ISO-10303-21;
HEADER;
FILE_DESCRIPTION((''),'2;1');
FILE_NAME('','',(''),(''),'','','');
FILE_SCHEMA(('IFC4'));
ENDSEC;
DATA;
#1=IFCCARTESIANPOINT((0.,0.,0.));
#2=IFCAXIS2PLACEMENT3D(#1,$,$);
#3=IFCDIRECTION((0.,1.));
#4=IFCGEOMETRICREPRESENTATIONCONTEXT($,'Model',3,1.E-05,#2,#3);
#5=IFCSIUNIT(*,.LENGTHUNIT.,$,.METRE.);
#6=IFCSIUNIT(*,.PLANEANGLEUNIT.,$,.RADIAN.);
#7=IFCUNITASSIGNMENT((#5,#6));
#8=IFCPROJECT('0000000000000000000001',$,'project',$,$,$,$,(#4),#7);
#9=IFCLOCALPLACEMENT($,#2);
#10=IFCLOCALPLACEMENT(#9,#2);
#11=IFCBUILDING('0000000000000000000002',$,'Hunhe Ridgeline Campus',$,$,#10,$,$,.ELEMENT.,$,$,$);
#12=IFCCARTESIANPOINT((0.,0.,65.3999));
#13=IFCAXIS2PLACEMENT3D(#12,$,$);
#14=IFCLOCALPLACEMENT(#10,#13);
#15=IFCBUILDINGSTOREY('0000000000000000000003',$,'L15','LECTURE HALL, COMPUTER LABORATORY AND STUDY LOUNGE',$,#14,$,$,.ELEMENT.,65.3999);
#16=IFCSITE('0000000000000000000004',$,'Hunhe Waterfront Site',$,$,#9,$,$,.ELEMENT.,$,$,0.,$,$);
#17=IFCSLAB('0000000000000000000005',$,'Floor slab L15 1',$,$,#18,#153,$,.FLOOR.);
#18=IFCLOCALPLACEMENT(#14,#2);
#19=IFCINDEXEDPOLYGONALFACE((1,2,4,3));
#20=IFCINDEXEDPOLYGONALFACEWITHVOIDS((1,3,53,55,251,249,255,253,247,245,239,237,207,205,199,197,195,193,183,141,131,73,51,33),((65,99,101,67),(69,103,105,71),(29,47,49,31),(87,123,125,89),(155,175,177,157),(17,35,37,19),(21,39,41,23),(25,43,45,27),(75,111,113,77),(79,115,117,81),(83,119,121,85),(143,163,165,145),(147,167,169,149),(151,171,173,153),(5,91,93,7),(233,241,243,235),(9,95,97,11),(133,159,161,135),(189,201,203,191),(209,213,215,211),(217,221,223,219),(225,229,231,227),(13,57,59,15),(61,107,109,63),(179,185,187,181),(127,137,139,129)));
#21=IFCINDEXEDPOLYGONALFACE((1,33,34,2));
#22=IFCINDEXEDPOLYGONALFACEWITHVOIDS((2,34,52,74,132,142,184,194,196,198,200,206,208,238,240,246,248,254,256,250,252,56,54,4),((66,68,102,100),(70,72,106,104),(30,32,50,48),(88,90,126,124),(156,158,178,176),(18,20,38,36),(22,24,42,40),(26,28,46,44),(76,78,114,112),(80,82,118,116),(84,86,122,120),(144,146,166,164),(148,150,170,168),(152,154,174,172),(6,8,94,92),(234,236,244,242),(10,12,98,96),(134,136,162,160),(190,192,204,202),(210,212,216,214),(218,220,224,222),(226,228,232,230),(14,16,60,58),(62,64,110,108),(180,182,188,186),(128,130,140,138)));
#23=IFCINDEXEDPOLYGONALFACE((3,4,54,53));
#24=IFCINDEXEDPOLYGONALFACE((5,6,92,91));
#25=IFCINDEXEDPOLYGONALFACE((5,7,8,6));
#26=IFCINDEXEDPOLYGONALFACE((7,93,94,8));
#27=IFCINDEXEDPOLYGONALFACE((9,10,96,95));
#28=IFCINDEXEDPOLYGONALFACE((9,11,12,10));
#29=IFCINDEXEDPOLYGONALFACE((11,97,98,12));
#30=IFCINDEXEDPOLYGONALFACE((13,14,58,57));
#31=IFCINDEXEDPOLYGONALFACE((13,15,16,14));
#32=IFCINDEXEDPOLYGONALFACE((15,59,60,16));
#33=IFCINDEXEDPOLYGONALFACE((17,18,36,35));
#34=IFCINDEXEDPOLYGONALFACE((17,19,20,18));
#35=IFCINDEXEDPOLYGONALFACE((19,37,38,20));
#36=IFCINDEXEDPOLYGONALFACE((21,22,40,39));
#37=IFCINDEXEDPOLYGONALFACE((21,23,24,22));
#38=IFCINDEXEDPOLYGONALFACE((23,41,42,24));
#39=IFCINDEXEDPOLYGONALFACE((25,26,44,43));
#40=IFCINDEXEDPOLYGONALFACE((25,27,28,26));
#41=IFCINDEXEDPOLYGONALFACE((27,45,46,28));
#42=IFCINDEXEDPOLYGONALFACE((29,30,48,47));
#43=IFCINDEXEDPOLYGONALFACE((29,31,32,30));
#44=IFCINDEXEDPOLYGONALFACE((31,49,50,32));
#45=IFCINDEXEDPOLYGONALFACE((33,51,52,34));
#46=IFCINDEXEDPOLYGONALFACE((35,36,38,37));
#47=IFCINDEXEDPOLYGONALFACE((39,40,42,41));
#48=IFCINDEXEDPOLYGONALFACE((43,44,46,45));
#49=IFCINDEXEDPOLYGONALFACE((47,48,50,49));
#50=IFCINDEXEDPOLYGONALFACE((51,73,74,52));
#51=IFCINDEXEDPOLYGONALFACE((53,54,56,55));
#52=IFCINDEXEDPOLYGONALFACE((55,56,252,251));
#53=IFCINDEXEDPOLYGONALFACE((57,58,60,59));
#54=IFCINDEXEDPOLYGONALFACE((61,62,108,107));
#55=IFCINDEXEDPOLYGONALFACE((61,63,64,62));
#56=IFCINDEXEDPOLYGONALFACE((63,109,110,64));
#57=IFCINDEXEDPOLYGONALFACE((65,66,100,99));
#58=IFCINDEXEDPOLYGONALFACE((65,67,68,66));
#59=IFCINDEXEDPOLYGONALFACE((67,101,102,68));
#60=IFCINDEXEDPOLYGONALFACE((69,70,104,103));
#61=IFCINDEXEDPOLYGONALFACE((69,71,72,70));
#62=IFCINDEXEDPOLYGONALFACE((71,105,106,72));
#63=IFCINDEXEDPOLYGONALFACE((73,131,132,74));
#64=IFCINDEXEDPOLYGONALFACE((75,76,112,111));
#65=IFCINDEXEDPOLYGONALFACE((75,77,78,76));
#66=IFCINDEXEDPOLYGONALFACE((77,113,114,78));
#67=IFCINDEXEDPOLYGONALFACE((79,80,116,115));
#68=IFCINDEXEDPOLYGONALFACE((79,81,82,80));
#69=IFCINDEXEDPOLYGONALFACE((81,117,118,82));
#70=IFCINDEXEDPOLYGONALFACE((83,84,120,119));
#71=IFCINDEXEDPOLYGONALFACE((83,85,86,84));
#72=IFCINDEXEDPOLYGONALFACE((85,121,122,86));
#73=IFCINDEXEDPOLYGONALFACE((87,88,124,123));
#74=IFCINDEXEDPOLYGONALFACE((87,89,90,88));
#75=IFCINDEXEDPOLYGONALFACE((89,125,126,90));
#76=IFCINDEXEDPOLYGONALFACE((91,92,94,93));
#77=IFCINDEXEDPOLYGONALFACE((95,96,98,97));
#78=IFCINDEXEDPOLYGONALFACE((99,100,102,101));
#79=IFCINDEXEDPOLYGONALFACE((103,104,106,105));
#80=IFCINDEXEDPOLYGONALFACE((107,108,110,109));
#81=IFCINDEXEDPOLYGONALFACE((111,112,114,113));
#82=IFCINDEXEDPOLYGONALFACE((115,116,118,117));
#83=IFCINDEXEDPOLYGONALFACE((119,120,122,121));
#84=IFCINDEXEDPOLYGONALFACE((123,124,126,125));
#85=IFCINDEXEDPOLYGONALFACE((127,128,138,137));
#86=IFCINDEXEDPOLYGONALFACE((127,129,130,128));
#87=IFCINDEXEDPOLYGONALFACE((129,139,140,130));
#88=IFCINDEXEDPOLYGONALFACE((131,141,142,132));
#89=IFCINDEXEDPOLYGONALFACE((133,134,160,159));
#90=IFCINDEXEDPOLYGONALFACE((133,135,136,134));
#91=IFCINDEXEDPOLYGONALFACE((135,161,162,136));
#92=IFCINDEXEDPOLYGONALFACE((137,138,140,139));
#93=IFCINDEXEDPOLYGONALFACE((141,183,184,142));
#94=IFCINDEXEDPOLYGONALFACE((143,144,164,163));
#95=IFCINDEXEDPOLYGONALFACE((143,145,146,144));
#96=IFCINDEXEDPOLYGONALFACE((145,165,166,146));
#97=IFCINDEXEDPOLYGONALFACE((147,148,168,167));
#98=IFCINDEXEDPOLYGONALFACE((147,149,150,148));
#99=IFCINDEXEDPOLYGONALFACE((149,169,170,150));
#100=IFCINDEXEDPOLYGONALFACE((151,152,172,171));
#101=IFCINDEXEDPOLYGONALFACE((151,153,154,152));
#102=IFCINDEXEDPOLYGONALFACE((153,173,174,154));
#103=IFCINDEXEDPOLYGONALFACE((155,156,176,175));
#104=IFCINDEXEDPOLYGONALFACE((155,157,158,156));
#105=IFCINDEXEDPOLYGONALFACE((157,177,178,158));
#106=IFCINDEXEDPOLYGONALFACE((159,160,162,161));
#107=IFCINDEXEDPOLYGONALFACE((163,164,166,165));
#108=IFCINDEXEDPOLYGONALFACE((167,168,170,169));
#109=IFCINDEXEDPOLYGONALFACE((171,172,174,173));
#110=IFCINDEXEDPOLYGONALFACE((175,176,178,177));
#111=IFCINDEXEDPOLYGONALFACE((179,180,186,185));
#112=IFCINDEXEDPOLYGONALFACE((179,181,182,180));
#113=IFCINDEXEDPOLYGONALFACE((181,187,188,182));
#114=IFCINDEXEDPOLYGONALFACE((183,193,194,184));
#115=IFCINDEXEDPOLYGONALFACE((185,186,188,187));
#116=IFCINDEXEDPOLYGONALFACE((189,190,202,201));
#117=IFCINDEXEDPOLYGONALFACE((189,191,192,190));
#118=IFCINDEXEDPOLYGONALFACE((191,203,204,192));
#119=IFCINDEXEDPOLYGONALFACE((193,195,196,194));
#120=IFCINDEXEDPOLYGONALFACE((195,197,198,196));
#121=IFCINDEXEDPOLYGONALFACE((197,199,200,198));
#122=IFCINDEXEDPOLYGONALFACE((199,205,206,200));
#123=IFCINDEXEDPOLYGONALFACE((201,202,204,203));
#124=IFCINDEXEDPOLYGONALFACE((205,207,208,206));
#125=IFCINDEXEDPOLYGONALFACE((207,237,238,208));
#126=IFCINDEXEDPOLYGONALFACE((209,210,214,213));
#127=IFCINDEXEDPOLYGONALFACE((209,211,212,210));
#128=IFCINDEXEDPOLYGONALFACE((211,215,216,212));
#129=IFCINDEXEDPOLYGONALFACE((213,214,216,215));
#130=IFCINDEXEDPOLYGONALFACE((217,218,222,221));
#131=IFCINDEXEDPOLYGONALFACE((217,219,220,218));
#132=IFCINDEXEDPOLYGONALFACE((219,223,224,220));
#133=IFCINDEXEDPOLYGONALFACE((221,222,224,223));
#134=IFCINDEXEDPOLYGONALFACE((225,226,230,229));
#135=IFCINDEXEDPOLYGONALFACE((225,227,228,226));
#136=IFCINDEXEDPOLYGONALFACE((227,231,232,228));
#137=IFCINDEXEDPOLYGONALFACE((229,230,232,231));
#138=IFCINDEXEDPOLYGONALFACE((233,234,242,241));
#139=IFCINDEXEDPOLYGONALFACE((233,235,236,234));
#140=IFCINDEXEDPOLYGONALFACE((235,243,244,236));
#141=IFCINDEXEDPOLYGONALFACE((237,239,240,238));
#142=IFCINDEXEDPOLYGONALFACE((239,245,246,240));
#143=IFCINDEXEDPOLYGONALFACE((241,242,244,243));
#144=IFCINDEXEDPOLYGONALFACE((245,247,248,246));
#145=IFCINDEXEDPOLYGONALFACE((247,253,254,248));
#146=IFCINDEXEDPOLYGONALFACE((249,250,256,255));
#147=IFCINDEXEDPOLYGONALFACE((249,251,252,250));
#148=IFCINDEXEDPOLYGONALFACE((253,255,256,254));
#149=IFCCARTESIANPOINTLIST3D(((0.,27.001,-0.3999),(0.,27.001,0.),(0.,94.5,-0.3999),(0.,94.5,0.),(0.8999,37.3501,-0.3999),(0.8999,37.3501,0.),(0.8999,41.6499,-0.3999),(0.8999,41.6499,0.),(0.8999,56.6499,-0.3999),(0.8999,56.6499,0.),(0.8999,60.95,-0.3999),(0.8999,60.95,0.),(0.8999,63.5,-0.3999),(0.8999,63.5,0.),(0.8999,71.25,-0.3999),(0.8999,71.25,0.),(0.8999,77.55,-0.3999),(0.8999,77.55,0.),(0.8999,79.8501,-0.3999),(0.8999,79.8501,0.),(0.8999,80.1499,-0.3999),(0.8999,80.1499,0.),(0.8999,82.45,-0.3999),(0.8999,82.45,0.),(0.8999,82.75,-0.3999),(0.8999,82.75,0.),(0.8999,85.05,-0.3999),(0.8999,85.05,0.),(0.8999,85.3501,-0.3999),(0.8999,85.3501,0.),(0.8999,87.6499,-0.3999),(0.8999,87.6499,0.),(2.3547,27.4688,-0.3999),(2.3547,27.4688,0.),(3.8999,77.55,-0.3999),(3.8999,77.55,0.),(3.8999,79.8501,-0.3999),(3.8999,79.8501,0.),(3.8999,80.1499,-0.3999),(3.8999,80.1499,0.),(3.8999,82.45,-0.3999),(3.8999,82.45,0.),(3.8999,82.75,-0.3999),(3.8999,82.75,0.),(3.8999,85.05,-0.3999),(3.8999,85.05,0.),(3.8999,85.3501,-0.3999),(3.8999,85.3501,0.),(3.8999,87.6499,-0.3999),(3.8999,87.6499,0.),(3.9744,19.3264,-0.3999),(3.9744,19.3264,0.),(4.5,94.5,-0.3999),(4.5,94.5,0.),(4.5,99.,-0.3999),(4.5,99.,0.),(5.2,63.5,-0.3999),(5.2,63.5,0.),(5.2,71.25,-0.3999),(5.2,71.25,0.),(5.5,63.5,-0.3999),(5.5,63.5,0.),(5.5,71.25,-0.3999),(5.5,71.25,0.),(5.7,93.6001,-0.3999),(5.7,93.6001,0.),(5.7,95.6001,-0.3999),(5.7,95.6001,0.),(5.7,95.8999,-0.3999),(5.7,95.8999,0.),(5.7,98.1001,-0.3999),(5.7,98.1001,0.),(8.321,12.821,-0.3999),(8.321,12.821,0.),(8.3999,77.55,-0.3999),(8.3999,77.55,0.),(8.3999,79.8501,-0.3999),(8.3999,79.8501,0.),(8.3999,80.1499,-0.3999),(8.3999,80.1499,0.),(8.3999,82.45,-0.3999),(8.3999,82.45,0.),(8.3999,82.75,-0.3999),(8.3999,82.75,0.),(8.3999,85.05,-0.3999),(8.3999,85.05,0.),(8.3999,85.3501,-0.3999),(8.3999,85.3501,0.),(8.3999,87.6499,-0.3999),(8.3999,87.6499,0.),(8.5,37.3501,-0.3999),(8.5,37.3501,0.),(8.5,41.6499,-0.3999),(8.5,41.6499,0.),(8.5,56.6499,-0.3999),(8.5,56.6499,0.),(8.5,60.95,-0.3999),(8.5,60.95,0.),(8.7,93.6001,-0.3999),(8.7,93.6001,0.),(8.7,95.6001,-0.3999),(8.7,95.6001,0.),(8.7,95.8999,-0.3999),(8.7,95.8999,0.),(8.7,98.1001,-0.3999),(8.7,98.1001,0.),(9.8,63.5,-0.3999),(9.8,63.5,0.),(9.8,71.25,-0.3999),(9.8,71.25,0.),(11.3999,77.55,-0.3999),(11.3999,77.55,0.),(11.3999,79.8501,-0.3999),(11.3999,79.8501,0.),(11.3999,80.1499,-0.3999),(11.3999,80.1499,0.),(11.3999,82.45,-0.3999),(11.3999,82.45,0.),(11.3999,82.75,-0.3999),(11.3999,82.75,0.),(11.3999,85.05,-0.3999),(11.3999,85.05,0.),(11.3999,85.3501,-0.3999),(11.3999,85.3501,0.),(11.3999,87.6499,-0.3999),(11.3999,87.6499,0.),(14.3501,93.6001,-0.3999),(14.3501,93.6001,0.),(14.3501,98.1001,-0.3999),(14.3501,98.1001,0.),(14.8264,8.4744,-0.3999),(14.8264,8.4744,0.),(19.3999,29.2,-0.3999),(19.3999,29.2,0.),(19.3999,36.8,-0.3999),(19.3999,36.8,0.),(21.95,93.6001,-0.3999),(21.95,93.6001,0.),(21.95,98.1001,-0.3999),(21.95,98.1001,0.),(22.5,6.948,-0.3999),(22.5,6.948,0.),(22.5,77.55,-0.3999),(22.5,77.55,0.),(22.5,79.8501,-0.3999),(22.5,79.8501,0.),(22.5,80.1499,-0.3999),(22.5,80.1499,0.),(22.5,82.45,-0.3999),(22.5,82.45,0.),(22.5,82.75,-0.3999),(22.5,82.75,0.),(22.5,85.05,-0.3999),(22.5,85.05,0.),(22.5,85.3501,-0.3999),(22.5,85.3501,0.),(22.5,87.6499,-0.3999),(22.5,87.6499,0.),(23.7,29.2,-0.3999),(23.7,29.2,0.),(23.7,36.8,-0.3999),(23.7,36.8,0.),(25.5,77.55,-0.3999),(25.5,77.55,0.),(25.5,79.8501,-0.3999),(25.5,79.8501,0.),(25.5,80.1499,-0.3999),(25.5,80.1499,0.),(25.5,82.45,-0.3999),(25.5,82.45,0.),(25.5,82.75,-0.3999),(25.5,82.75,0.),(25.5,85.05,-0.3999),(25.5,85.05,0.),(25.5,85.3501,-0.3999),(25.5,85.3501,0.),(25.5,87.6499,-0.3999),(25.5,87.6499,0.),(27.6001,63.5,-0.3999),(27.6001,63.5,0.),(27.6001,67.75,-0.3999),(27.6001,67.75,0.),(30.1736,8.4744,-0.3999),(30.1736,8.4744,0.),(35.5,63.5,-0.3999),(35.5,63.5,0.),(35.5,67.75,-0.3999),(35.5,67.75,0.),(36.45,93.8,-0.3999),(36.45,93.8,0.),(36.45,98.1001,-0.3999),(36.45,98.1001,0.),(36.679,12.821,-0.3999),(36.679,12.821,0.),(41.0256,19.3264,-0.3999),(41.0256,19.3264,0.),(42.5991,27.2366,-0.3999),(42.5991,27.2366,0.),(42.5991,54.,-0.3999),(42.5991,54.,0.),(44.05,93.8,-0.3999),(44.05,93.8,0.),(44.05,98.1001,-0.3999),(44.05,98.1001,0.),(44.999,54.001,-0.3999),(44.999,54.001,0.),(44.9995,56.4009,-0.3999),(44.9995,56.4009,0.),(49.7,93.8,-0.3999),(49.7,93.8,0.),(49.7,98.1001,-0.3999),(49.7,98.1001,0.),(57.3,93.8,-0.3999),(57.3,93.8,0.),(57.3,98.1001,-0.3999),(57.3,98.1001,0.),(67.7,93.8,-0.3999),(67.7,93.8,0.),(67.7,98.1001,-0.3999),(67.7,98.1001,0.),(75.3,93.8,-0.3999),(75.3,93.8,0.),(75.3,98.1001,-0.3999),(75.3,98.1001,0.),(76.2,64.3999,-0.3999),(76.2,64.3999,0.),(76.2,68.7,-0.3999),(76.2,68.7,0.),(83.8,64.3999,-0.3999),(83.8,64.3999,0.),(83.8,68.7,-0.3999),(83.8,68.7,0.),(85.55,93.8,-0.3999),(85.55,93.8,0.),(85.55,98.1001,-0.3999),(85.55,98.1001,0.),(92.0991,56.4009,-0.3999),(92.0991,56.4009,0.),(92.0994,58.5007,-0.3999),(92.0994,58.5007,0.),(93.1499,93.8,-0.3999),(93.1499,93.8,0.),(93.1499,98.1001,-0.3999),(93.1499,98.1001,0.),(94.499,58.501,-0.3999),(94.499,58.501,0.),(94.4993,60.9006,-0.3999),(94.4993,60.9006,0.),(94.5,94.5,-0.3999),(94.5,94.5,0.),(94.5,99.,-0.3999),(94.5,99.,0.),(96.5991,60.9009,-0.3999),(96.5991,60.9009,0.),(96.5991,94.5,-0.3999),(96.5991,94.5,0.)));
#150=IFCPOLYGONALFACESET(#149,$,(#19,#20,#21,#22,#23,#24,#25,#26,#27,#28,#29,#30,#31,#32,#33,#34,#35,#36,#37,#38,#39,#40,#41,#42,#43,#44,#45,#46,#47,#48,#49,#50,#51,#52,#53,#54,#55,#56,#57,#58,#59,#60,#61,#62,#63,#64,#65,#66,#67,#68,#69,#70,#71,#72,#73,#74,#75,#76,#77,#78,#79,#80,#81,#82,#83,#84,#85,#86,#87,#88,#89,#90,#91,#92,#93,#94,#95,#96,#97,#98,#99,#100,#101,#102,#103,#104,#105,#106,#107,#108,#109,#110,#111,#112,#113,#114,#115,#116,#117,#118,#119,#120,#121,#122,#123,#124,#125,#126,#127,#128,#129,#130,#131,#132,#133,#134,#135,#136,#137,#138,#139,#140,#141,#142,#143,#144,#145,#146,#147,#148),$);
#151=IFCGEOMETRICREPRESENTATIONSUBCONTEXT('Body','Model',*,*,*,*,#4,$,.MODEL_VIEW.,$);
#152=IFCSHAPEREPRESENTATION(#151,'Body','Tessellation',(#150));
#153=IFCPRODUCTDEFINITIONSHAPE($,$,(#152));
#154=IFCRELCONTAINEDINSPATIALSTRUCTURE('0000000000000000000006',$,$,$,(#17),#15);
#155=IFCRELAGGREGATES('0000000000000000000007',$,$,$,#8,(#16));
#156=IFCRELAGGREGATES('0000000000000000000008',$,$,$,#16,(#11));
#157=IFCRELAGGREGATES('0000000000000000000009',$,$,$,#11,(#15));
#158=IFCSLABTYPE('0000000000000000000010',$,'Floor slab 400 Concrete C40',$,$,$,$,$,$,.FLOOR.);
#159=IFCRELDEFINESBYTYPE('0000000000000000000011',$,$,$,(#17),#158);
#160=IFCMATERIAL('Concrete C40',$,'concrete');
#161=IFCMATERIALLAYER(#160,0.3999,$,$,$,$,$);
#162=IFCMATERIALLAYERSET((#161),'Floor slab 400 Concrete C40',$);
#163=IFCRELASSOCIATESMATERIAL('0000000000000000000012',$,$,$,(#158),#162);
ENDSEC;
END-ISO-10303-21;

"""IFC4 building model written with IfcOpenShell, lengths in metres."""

from ifc_helpers import new_model, si_unit, direction, frame, origin, place, context, subcontext, project, spatial, polyline, outline, extrude, material, layer, layer_set, type_object, element, save


model = new_model("IFC4")

# Units and contexts
model_context = context("Model", 3, precision=1e-05, world=origin(), true_north=direction((0.0, 1.0)))
body_context = subcontext(model_context, "Body", "Model", "MODEL_VIEW")
ifc_project = project(units=[si_unit("LENGTHUNIT", "METRE"), si_unit("PLANEANGLEUNIT", "RADIAN")], contexts=[model_context])

# Site, building, storey
site_placement = place(None, origin())
site = spatial("IfcSite", under=ifc_project, at=site_placement, Name="Hunhe Waterfront Site", CompositionType="ELEMENT", RefElevation=0.0)
building_placement = place(site_placement, origin())
building = spatial("IfcBuilding", under=site, at=building_placement, Name="Hunhe Ridgeline Campus", CompositionType="ELEMENT")
storey_placement = place(building_placement, frame((0.0, 0.0, 65.3999)))
storey = spatial("IfcBuildingStorey", under=building, at=storey_placement, Name="L15", Description="LECTURE HALL, COMPUTER LABORATORY AND STUDY LOUNGE", CompositionType="ELEMENT", Elevation=65.3999)

# Slab
ifc_material_1 = material(Name="Concrete C40", Category="concrete")
ifc_layer_1 = layer(ifc_material_1, 0.3999)
ifc_layer_set_1 = layer_set([ifc_layer_1], Name="Floor slab 400 Concrete C40")
slab_type_1 = type_object("IfcSlabType", Name="Floor slab 400 Concrete C40", PredefinedType="FLOOR", material=ifc_layer_set_1)
slab_1_placement = place(storey_placement, frame((0.0, 0.0, -0.3999)))
element("IfcSlab", 1, at=slab_1_placement, inside=storey, type_object=slab_type_1, Name="Floor slab L15 1", PredefinedType="FLOOR", context=body_context, shape_type="SweptSolid", body=[
    extrude(outline(polyline([(4.5, 94.5), (0.0, 94.5), (0.0, 27.001), (2.3547, 27.4688), (3.9744, 19.3264), (8.321, 12.821), (14.8264, 8.4744), (22.5, 6.948), (30.1736, 8.4744), (36.679, 12.821), (41.0256, 19.3264), (42.5991, 27.2366), (42.5991, 54.0), (44.999, 54.001), (44.9995, 56.4009), (92.0991, 56.4009), (92.0994, 58.5007), (94.499, 58.501), (94.4993, 60.9006), (96.5991, 60.9009), (96.5991, 94.5), (94.5, 94.5), (94.5, 99.0), (4.5, 99.0), (4.5, 94.5)]), holes=[polyline([(93.1499, 93.8), (93.1499, 98.1001), (85.55, 98.1001), (85.55, 93.8), (93.1499, 93.8)]), polyline([(76.2, 68.7), (76.2, 64.3999), (83.8, 64.3999), (83.8, 68.7), (76.2, 68.7)]), polyline([(75.3, 98.1001), (67.7, 98.1001), (67.7, 93.8), (75.3, 93.8), (75.3, 98.1001)]), polyline([(49.7, 98.1001), (49.7, 93.8), (57.3, 93.8), (57.3, 98.1001), (49.7, 98.1001)]), polyline([(36.45, 93.8), (44.05, 93.8), (44.05, 98.1001), (36.45, 98.1001), (36.45, 93.8)]), polyline([(35.5, 63.5), (35.5, 67.75), (27.6001, 67.75), (27.6001, 63.5), (35.5, 63.5)]), polyline([(25.5, 80.1499), (25.5, 82.45), (22.5, 82.45), (22.5, 80.1499), (25.5, 80.1499)]), polyline([(25.5, 79.8501), (22.5, 79.8501), (22.5, 77.55), (25.5, 77.55), (25.5, 79.8501)]), polyline([(22.5, 87.6499), (22.5, 85.3501), (25.5, 85.3501), (25.5, 87.6499), (22.5, 87.6499)]), polyline([(22.5, 82.75), (25.5, 82.75), (25.5, 85.05), (22.5, 85.05), (22.5, 82.75)]), polyline([(23.7, 29.2), (23.7, 36.8), (19.3999, 36.8), (19.3999, 29.2), (23.7, 29.2)]), polyline([(14.3501, 93.6001), (21.95, 93.6001), (21.95, 98.1001), (14.3501, 98.1001), (14.3501, 93.6001)]), polyline([(11.3999, 79.8501), (8.3999, 79.8501), (8.3999, 77.55), (11.3999, 77.55), (11.3999, 79.8501)]), polyline([(11.3999, 80.1499), (11.3999, 82.45), (8.3999, 82.45), (8.3999, 80.1499), (11.3999, 80.1499)]), polyline([(8.3999, 87.6499), (8.3999, 85.3501), (11.3999, 85.3501), (11.3999, 87.6499), (8.3999, 87.6499)]), polyline([(8.3999, 82.75), (11.3999, 82.75), (11.3999, 85.05), (8.3999, 85.05), (8.3999, 82.75)]), polyline([(9.8, 71.25), (5.5, 71.25), (5.5, 63.5), (9.8, 63.5), (9.8, 71.25)]), polyline([(8.7, 95.8999), (8.7, 98.1001), (5.7, 98.1001), (5.7, 95.8999), (8.7, 95.8999)]), polyline([(8.7, 95.6001), (5.7, 95.6001), (5.7, 93.6001), (8.7, 93.6001), (8.7, 95.6001)]), polyline([(0.8999, 37.3501), (8.5, 37.3501), (8.5, 41.6499), (0.8999, 41.6499), (0.8999, 37.3501)]), polyline([(0.8999, 60.95), (0.8999, 56.6499), (8.5, 56.6499), (8.5, 60.95), (0.8999, 60.95)]), polyline([(0.8999, 71.25), (0.8999, 63.5), (5.2, 63.5), (5.2, 71.25), (0.8999, 71.25)]), polyline([(3.8999, 80.1499), (3.8999, 82.45), (0.8999, 82.45), (0.8999, 80.1499), (3.8999, 80.1499)]), polyline([(3.8999, 79.8501), (0.8999, 79.8501), (0.8999, 77.55), (3.8999, 77.55), (3.8999, 79.8501)]), polyline([(0.8999, 87.6499), (0.8999, 85.3501), (3.8999, 85.3501), (3.8999, 87.6499), (0.8999, 87.6499)]), polyline([(0.8999, 82.75), (3.8999, 82.75), (3.8999, 85.05), (0.8999, 85.05), (0.8999, 82.75)])]), origin(), (0.0, 0.0, 1.0), 0.3999),
])

save(model, "model.ifc")
